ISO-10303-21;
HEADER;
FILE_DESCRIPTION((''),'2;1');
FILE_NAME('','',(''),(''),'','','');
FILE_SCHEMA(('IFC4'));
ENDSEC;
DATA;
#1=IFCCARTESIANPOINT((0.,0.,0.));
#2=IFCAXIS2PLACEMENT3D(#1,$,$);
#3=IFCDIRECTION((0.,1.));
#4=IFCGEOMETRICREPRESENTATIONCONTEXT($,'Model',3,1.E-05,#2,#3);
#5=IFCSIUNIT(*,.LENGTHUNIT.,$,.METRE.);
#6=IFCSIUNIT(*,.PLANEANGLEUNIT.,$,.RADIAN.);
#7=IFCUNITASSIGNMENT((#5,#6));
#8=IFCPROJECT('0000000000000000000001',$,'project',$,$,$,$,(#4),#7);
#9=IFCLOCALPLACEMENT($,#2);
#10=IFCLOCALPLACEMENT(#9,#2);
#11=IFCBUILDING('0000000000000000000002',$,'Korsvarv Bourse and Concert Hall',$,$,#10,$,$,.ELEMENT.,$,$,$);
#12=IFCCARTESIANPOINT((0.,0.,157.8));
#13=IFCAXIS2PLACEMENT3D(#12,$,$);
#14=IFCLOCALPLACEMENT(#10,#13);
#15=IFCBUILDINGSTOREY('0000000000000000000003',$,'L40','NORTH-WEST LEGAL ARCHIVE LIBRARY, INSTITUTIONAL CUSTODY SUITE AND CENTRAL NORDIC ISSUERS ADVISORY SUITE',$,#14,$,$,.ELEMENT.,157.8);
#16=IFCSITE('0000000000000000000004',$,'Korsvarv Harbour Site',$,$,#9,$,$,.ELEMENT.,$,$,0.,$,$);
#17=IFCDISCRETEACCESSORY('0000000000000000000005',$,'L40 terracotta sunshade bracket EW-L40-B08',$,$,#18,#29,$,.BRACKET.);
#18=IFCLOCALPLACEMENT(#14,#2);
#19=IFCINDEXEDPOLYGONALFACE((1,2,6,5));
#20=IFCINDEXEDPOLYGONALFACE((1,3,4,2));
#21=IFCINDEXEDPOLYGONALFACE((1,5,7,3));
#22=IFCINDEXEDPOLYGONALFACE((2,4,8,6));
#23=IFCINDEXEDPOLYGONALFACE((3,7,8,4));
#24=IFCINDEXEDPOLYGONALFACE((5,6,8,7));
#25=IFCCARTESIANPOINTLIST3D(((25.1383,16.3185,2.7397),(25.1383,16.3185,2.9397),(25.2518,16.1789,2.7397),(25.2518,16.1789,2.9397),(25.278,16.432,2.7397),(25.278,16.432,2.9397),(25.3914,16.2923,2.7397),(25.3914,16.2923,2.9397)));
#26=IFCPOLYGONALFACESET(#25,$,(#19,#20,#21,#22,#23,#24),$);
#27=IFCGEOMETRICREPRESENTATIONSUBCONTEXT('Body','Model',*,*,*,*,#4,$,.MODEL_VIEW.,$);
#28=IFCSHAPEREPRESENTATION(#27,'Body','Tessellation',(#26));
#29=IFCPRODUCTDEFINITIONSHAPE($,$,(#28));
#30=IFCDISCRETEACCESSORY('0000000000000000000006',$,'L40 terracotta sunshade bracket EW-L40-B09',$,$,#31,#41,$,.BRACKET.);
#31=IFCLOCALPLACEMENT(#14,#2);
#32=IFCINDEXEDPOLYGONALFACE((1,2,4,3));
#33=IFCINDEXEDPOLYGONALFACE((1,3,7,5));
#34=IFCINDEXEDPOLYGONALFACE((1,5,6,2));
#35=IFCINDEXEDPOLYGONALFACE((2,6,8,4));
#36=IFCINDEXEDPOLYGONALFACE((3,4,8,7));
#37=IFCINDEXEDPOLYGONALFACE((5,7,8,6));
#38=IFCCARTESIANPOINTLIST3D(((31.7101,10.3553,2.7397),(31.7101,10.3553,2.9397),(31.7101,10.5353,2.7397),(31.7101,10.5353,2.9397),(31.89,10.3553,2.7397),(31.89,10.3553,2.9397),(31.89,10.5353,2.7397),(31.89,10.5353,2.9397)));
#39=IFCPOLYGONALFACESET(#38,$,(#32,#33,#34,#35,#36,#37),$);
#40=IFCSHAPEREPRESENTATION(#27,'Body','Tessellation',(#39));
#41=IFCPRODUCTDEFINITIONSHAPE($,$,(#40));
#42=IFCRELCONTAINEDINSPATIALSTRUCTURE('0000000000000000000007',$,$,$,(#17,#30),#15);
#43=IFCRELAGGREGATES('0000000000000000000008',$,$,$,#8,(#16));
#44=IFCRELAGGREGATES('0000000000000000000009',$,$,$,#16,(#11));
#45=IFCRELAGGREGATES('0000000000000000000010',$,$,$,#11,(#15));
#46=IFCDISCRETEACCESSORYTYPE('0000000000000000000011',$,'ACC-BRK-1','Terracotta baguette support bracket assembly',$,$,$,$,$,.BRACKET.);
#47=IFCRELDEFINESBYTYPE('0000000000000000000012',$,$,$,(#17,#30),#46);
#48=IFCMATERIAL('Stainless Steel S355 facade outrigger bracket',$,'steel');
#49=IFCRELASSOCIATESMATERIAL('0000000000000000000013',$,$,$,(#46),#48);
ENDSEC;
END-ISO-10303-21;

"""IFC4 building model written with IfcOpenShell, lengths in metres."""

from ifc_helpers import new_model, si_unit, direction, frame, origin, origin_2d, place, context, subcontext, project, spatial, rectangle, extrude, source, transform, mapped, material, type_object, element, save


model = new_model("IFC4")

# Units and contexts
model_context = context("Model", 3, precision=1e-05, world=origin(), true_north=direction((0.0, 1.0)))
body_context = subcontext(model_context, "Body", "Model", "MODEL_VIEW")
ifc_project = project(units=[si_unit("LENGTHUNIT", "METRE"), si_unit("PLANEANGLEUNIT", "RADIAN")], contexts=[model_context])

# Site, building, storey
site_placement = place(None, origin())
site = spatial("IfcSite", under=ifc_project, at=site_placement, Name="Korsvarv Harbour Site", CompositionType="ELEMENT", RefElevation=0.0)
building_placement = place(site_placement, origin())
building = spatial("IfcBuilding", under=site, at=building_placement, Name="Korsvarv Bourse and Concert Hall", CompositionType="ELEMENT")
storey_placement = place(building_placement, frame((0.0, 0.0, 157.8)))
storey = spatial("IfcBuildingStorey", under=building, at=storey_placement, Name="L40", Description="NORTH-WEST LEGAL ARCHIVE LIBRARY, INSTITUTIONAL CUSTODY SUITE AND CENTRAL NORDIC ISSUERS ADVISORY SUITE", CompositionType="ELEMENT", Elevation=157.8)

# Discrete accessories
ifc_material_1 = material(Name="Stainless Steel S355 facade outrigger bracket", Category="steel")
discrete_accessory_type = type_object("IfcDiscreteAccessoryType", Name="ACC-BRK-1", Description="Terracotta baguette support bracket assembly", PredefinedType="BRACKET", material=ifc_material_1)
shared_shape_1 = source(origin(), body_context, "Body", "SweptSolid", [
    extrude(rectangle(XDim=0.1799, YDim=0.1799, at=origin_2d()), origin(), (0.0, 0.0, 1.0), 0.2),
])
for number, where, z_axis, x_axis, name in (
    (1, (25.2649, 16.3054, 2.7397), (0.0, 0.0, 1.0), (0.630676, -0.776046, 0.0), "L40 terracotta sunshade bracket EW-L40-B08"),
    (2, (31.8, 10.4453, 2.7397), (0.0, 0.0, 1.0), (1.0, 0.0, 0.0), "L40 terracotta sunshade bracket EW-L40-B09"),
):
    element("IfcDiscreteAccessory", number, at=place(storey_placement, frame(where, z_axis=z_axis, x_axis=x_axis)), inside=storey, type_object=discrete_accessory_type, Name=name, PredefinedType="BRACKET", context=body_context, shape_type="MappedRepresentation", body=[
        mapped(shared_shape_1, transform((0.0, 0.0, 0.0), scale=1.0)),
    ])

save(model, "model.ifc")
